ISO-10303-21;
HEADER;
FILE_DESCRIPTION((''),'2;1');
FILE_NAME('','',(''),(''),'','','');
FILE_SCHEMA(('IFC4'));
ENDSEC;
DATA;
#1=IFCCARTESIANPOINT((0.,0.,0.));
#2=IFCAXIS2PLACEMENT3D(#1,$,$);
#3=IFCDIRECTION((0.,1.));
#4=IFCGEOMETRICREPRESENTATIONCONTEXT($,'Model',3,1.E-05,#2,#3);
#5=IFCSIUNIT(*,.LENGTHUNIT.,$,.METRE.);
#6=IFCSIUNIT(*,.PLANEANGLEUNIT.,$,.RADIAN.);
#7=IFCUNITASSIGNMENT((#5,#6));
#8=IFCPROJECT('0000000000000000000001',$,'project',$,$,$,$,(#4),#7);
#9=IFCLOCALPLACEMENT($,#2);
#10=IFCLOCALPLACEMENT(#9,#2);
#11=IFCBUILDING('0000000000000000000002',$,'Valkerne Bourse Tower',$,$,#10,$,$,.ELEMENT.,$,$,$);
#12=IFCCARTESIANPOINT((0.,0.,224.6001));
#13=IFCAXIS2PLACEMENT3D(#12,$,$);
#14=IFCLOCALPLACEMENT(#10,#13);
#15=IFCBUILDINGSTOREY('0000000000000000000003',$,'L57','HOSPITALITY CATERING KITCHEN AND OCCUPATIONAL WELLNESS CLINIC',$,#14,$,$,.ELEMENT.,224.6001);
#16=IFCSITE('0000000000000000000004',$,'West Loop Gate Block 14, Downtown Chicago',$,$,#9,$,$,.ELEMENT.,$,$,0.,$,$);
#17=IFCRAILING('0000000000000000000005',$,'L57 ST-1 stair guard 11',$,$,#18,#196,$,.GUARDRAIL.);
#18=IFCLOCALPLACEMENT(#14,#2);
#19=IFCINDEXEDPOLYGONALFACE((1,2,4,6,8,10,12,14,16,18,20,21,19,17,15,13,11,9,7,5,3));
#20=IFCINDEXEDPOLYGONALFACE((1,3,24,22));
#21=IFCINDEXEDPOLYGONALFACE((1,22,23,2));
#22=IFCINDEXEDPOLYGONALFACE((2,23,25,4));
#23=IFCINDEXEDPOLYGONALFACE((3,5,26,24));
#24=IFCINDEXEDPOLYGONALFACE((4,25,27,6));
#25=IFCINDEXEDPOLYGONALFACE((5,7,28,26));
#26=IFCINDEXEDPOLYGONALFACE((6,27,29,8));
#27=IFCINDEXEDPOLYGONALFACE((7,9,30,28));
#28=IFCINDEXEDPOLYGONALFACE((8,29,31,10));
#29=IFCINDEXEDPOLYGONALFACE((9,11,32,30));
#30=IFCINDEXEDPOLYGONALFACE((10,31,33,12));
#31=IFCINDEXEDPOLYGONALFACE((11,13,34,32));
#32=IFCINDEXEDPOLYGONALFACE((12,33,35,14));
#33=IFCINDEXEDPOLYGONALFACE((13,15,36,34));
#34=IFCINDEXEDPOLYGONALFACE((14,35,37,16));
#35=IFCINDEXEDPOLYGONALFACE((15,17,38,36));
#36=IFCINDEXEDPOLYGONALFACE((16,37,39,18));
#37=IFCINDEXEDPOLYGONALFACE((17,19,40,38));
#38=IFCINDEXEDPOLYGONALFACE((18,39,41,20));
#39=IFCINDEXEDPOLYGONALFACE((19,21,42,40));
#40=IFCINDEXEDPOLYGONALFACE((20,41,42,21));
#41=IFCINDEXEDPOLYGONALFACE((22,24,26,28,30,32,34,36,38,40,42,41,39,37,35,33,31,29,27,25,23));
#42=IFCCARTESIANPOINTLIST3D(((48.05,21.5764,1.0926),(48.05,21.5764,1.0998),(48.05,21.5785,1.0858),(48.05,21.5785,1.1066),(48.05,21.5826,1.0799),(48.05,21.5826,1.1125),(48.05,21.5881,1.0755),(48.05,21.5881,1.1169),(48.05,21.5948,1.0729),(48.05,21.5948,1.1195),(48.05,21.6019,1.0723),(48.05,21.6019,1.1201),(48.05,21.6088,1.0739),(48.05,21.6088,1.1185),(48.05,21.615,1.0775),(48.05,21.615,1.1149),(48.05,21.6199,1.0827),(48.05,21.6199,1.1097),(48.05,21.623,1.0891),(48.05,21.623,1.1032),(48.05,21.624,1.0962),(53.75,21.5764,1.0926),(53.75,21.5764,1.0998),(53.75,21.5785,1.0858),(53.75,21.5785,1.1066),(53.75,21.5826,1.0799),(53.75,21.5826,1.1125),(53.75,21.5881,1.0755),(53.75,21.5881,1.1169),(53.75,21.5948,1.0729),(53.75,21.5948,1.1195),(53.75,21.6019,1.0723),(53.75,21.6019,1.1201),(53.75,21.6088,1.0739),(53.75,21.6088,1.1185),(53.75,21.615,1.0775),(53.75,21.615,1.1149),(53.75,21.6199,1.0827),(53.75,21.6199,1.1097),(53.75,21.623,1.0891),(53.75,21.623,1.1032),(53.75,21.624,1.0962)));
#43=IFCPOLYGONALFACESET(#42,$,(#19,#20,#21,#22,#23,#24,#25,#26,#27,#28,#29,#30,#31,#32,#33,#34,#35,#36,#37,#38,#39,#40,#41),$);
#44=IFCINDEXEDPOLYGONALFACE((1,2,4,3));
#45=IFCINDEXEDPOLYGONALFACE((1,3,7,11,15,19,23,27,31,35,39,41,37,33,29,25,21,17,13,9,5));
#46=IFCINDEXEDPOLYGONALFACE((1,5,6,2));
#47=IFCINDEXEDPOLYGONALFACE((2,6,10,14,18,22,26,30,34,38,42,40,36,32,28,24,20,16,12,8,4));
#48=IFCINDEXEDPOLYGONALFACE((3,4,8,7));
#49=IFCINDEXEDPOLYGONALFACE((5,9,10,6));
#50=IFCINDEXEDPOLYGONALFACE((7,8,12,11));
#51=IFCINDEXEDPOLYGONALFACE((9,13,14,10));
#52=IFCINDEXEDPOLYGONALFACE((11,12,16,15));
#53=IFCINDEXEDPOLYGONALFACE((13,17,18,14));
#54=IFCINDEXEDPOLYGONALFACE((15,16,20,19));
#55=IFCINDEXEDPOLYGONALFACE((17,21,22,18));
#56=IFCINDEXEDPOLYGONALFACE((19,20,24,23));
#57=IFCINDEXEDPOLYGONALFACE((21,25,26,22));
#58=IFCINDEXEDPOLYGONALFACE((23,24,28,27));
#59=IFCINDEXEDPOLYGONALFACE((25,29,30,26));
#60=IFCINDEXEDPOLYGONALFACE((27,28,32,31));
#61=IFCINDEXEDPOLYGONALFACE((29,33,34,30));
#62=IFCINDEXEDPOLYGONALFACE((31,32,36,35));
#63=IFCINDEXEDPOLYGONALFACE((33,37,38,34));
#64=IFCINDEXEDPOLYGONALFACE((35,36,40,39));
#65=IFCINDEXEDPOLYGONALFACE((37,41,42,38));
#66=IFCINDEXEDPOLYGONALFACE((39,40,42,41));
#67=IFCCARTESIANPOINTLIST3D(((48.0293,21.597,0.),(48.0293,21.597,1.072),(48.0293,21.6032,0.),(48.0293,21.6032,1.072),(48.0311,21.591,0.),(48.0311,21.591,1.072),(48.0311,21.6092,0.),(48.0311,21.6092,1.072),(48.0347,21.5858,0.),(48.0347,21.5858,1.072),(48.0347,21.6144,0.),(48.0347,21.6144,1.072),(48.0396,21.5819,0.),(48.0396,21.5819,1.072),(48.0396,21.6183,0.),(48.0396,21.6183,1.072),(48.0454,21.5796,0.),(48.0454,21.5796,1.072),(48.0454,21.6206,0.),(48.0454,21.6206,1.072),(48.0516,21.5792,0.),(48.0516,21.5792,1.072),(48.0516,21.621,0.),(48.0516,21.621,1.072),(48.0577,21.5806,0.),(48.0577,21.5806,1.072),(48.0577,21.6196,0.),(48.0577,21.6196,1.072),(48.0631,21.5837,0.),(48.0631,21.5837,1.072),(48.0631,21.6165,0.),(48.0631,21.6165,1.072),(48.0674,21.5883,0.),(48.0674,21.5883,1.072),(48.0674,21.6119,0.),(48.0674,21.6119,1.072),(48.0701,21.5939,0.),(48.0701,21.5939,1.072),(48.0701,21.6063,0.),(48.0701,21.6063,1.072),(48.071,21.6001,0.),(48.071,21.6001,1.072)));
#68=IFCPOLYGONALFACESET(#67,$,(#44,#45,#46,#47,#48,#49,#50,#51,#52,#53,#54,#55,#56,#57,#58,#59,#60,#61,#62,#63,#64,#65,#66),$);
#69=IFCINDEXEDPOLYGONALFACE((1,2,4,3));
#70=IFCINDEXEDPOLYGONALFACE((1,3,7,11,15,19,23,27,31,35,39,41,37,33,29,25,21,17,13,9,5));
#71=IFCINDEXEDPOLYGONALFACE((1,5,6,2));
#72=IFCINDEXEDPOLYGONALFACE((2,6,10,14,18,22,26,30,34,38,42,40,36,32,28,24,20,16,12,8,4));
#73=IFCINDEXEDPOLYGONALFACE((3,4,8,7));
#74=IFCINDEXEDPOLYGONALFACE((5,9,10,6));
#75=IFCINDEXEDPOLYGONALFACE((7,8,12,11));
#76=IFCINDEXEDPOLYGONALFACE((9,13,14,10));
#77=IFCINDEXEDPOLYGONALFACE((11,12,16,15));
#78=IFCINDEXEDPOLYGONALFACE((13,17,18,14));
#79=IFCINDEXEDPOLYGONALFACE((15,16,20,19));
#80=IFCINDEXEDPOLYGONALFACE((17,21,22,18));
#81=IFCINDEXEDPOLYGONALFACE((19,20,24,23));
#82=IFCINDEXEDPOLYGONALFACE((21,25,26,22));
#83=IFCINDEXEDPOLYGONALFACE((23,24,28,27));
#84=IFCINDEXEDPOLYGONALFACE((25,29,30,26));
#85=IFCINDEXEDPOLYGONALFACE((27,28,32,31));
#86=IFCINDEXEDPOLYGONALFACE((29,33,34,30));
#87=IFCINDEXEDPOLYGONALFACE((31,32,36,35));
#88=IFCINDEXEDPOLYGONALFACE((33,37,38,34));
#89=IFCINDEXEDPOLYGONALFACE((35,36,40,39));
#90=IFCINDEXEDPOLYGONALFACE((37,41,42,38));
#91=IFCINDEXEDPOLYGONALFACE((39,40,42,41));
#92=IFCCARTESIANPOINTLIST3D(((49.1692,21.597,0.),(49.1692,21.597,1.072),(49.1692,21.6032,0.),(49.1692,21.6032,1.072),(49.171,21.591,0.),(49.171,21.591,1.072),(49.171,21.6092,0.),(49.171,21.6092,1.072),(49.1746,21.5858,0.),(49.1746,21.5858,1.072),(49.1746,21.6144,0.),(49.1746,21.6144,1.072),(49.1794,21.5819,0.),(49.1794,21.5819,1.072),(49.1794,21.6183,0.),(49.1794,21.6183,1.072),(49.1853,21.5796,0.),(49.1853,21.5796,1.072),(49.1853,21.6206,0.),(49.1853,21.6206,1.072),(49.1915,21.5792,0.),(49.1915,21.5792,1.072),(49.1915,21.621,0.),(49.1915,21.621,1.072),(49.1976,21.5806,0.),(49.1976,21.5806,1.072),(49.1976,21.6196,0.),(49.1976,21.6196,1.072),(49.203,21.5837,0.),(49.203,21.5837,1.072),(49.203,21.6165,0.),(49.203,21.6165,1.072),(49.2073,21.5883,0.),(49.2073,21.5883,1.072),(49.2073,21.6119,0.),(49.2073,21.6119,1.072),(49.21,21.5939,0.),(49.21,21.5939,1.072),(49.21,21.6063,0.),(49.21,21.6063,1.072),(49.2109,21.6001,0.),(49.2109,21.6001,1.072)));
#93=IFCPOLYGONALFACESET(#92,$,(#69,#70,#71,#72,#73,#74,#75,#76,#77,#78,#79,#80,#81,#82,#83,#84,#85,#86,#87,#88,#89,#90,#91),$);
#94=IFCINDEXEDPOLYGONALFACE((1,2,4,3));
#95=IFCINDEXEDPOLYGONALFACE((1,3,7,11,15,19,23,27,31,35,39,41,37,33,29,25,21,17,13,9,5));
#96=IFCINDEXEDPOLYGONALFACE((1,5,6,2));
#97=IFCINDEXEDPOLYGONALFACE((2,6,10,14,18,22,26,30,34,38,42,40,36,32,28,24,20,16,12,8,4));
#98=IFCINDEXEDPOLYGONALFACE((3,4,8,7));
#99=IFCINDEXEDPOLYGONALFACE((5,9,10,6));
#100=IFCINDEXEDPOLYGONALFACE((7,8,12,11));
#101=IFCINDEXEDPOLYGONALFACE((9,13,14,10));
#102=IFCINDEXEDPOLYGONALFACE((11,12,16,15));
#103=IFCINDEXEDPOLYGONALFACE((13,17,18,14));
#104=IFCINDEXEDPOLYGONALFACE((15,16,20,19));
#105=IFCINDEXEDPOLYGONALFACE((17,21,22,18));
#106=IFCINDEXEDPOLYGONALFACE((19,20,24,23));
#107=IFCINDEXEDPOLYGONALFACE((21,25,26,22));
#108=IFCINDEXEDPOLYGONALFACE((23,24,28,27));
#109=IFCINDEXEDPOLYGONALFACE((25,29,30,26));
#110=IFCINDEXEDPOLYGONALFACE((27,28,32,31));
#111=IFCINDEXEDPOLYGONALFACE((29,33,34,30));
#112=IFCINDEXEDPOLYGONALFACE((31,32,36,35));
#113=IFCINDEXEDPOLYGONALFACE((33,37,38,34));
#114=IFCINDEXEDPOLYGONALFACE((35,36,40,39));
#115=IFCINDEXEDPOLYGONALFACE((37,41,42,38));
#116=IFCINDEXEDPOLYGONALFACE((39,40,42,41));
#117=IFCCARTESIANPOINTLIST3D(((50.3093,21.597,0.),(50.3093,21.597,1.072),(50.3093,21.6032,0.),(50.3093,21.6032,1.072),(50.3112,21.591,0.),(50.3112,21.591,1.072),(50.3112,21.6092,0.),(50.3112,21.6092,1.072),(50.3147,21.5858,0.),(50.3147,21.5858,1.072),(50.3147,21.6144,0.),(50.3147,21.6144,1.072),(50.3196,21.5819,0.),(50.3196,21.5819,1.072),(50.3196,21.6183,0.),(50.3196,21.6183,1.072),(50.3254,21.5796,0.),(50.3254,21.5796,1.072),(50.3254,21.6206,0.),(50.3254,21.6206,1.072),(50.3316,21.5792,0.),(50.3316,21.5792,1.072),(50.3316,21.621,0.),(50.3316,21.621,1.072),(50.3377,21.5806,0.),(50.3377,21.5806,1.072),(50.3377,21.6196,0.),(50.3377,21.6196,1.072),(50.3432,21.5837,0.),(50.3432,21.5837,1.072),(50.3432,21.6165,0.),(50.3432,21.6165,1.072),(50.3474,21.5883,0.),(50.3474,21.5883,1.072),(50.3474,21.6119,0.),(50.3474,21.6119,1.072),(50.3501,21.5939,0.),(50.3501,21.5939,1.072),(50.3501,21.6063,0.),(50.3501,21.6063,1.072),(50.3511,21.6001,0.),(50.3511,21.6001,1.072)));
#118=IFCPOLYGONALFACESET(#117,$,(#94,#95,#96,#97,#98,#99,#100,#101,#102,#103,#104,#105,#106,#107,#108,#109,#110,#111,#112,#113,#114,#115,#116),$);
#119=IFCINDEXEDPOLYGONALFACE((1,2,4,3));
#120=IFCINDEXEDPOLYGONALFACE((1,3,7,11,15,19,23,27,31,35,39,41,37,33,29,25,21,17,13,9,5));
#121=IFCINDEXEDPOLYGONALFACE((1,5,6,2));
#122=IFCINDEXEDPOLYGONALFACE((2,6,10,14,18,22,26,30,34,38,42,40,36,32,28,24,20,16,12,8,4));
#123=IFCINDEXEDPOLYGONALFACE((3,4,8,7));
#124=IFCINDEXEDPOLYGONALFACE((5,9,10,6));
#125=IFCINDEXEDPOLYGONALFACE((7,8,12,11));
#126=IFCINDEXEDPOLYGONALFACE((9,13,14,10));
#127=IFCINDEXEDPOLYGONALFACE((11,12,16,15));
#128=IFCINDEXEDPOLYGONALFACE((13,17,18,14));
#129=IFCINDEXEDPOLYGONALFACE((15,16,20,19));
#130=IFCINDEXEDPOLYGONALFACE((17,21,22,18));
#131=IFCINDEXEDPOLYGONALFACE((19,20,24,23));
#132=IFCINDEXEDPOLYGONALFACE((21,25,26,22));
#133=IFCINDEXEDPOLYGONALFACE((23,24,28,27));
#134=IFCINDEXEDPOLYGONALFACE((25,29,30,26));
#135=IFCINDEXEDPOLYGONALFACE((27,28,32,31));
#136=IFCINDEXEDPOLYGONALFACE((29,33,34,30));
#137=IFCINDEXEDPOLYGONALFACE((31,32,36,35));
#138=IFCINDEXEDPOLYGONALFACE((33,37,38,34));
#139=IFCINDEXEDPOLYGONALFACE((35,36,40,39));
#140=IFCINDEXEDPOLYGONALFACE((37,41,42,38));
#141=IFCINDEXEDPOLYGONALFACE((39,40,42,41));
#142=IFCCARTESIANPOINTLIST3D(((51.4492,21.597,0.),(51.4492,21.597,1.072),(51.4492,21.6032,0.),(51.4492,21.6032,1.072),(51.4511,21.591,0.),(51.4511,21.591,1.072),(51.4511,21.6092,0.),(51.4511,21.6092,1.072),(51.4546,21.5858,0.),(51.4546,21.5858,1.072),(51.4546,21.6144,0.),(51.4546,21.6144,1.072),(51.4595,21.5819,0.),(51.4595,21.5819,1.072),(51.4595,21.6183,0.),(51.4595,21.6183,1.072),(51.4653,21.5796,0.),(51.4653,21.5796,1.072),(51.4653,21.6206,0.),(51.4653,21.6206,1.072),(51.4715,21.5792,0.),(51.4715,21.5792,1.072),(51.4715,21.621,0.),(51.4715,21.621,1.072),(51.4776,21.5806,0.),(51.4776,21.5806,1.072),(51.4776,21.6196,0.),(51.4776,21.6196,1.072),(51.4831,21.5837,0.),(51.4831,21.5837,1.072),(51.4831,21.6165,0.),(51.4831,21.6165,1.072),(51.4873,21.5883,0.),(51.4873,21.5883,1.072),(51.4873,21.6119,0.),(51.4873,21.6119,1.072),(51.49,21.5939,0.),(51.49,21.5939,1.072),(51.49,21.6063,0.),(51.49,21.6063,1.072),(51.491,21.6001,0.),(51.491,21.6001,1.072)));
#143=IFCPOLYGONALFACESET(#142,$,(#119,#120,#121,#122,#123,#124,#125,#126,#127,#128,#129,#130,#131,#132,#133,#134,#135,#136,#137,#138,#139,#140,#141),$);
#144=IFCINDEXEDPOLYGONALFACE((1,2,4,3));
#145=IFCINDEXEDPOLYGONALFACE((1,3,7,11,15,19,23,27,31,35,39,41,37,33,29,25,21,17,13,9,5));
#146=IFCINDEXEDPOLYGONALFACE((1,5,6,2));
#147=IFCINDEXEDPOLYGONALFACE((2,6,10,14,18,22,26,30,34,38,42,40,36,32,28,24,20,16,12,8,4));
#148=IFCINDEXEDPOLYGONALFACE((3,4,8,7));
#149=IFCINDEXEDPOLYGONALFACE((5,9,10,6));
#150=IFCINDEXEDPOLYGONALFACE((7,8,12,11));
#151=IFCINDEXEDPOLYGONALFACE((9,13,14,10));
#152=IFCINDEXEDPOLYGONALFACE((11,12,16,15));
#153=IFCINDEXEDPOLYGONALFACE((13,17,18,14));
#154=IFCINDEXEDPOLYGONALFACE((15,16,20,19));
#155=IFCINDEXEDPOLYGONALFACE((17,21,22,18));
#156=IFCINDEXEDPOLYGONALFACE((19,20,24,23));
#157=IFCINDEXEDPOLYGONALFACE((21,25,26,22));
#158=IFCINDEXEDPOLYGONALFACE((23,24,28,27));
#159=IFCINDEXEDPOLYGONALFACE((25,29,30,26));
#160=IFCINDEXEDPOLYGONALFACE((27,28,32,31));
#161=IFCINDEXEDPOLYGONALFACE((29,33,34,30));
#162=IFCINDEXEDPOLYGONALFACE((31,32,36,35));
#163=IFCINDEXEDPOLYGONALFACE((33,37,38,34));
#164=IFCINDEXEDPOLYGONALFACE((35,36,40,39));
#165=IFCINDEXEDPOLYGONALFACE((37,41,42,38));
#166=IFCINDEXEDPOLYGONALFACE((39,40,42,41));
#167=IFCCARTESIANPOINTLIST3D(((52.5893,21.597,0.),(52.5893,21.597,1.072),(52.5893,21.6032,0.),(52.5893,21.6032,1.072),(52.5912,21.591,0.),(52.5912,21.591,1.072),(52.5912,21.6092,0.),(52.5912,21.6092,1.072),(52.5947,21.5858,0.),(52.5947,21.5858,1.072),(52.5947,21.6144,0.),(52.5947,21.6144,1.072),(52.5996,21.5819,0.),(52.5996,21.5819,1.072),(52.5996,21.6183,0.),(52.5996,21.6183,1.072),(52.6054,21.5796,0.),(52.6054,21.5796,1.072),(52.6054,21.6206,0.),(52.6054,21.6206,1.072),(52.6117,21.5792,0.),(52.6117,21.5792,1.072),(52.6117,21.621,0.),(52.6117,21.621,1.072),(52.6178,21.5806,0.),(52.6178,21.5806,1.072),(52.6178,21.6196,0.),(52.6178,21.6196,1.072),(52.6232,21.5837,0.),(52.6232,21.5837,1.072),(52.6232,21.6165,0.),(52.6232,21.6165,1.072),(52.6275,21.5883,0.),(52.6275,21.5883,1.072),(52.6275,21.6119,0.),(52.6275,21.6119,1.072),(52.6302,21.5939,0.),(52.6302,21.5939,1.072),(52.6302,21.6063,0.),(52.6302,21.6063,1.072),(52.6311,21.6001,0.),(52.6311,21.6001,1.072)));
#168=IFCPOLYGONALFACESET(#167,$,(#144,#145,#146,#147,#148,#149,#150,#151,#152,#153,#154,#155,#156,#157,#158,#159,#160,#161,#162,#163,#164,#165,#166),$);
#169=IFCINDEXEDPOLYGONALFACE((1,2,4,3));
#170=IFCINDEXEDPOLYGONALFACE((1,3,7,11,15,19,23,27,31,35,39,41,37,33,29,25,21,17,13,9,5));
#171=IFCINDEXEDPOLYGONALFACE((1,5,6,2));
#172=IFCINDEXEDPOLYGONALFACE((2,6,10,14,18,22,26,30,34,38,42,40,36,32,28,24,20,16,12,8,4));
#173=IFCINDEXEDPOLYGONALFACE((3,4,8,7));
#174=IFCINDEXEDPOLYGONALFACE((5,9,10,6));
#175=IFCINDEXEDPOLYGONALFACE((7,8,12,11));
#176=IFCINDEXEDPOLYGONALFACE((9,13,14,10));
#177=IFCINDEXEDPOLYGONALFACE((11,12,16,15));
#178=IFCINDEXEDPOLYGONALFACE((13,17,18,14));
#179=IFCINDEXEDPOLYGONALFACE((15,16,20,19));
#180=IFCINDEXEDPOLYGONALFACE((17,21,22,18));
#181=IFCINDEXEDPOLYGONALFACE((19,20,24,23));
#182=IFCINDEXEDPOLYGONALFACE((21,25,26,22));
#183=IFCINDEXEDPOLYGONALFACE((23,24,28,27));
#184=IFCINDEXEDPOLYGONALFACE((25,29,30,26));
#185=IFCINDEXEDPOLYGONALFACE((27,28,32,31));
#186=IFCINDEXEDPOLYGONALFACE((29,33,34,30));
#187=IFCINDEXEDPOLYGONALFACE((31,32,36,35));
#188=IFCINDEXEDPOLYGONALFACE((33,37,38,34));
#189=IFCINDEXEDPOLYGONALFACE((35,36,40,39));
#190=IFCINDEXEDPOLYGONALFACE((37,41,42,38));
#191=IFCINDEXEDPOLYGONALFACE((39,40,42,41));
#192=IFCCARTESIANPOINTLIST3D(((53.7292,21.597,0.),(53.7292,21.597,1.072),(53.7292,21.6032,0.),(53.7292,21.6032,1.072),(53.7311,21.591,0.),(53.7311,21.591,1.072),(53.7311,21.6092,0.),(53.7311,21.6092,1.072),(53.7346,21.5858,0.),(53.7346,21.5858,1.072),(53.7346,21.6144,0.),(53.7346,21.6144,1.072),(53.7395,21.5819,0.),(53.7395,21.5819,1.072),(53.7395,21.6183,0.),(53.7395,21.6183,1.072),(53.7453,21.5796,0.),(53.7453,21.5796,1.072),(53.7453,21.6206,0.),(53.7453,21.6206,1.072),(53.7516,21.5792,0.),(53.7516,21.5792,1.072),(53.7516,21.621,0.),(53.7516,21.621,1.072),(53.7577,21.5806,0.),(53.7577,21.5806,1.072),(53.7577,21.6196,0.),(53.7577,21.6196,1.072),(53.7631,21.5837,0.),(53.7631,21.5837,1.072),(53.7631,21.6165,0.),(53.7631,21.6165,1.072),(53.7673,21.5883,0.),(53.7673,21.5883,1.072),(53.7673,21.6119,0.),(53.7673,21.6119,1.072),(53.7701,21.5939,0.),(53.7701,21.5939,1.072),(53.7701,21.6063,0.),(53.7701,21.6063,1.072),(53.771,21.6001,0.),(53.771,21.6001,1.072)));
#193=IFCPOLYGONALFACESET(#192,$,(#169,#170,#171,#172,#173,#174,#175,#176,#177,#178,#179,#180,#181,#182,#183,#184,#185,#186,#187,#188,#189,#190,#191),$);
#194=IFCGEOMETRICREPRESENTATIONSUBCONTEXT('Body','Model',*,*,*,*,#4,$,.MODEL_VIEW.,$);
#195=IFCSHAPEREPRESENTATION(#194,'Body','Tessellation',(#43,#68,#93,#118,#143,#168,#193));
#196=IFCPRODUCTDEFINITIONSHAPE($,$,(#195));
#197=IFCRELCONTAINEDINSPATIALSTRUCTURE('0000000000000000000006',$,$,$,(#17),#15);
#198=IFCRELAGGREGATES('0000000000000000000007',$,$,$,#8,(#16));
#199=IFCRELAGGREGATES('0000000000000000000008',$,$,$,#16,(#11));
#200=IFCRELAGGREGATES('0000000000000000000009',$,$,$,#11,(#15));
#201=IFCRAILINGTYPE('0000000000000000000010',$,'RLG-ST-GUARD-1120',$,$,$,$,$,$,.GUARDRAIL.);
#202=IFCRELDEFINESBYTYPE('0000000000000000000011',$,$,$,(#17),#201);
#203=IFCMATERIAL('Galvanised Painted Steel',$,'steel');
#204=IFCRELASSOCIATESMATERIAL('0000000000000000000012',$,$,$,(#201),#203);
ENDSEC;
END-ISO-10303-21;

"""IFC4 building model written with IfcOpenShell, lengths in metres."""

from ifc_helpers import new_model, si_unit, direction, frame, origin, origin_2d, place, context, subcontext, project, spatial, circle, extrude, material, type_object, element, save


model = new_model("IFC4")

# Units and contexts
model_context = context("Model", 3, precision=1e-05, world=origin(), true_north=direction((0.0, 1.0)))
body_context = subcontext(model_context, "Body", "Model", "MODEL_VIEW")
ifc_project = project(units=[si_unit("LENGTHUNIT", "METRE"), si_unit("PLANEANGLEUNIT", "RADIAN")], contexts=[model_context])

# Site, building, storey
site_placement = place(None, origin())
site = spatial("IfcSite", under=ifc_project, at=site_placement, Name="West Loop Gate Block 14, Downtown Chicago", CompositionType="ELEMENT", RefElevation=0.0)
building_placement = place(site_placement, origin())
building = spatial("IfcBuilding", under=site, at=building_placement, Name="Valkerne Bourse Tower", CompositionType="ELEMENT")
storey_placement = place(building_placement, frame((0.0, 0.0, 224.6001)))
storey = spatial("IfcBuildingStorey", under=building, at=storey_placement, Name="L57", Description="HOSPITALITY CATERING KITCHEN AND OCCUPATIONAL WELLNESS CLINIC", CompositionType="ELEMENT", Elevation=224.6001)

# Shared definitions
ifc_material_1 = material(Name="Galvanised Painted Steel", Category="steel")

# Railing
railing_type_1 = type_object("IfcRailingType", Name="RLG-ST-GUARD-1120", PredefinedType="GUARDRAIL", material=ifc_material_1)
railing_1_placement = place(storey_placement, frame((48.05, 21.6001, 0.0)))
element("IfcRailing", 1, at=railing_1_placement, inside=storey, type_object=railing_type_1, Name="L57 ST-1 stair guard 11", PredefinedType="GUARDRAIL", context=body_context, shape_type="SweptSolid", body=[
    extrude(circle(Radius=0.0239, at=origin_2d()), frame((0.0, 0.0, 1.0962), z_axis=(1.0, 0.0, 0.0), x_axis=(0.0, 1.0, 0.0)), (0.0, 0.0, 1.0), 5.7),
    extrude(circle(Radius=0.021, at=origin_2d()), origin(), (0.0, 0.0, 1.0), 1.072),
    extrude(circle(Radius=0.021, at=origin_2d()), frame((1.1399, 0.0, 0.0)), (0.0, 0.0, 1.0), 1.072),
    extrude(circle(Radius=0.021, at=origin_2d()), frame((2.28, 0.0, 0.0)), (0.0, 0.0, 1.0), 1.072),
    extrude(circle(Radius=0.021, at=origin_2d()), frame((3.4199, 0.0, 0.0)), (0.0, 0.0, 1.0), 1.072),
    extrude(circle(Radius=0.021, at=origin_2d()), frame((4.5601, 0.0, 0.0)), (0.0, 0.0, 1.0), 1.072),
    extrude(circle(Radius=0.021, at=origin_2d()), frame((5.7, 0.0, 0.0)), (0.0, 0.0, 1.0), 1.072),
])

save(model, "model.ifc")
